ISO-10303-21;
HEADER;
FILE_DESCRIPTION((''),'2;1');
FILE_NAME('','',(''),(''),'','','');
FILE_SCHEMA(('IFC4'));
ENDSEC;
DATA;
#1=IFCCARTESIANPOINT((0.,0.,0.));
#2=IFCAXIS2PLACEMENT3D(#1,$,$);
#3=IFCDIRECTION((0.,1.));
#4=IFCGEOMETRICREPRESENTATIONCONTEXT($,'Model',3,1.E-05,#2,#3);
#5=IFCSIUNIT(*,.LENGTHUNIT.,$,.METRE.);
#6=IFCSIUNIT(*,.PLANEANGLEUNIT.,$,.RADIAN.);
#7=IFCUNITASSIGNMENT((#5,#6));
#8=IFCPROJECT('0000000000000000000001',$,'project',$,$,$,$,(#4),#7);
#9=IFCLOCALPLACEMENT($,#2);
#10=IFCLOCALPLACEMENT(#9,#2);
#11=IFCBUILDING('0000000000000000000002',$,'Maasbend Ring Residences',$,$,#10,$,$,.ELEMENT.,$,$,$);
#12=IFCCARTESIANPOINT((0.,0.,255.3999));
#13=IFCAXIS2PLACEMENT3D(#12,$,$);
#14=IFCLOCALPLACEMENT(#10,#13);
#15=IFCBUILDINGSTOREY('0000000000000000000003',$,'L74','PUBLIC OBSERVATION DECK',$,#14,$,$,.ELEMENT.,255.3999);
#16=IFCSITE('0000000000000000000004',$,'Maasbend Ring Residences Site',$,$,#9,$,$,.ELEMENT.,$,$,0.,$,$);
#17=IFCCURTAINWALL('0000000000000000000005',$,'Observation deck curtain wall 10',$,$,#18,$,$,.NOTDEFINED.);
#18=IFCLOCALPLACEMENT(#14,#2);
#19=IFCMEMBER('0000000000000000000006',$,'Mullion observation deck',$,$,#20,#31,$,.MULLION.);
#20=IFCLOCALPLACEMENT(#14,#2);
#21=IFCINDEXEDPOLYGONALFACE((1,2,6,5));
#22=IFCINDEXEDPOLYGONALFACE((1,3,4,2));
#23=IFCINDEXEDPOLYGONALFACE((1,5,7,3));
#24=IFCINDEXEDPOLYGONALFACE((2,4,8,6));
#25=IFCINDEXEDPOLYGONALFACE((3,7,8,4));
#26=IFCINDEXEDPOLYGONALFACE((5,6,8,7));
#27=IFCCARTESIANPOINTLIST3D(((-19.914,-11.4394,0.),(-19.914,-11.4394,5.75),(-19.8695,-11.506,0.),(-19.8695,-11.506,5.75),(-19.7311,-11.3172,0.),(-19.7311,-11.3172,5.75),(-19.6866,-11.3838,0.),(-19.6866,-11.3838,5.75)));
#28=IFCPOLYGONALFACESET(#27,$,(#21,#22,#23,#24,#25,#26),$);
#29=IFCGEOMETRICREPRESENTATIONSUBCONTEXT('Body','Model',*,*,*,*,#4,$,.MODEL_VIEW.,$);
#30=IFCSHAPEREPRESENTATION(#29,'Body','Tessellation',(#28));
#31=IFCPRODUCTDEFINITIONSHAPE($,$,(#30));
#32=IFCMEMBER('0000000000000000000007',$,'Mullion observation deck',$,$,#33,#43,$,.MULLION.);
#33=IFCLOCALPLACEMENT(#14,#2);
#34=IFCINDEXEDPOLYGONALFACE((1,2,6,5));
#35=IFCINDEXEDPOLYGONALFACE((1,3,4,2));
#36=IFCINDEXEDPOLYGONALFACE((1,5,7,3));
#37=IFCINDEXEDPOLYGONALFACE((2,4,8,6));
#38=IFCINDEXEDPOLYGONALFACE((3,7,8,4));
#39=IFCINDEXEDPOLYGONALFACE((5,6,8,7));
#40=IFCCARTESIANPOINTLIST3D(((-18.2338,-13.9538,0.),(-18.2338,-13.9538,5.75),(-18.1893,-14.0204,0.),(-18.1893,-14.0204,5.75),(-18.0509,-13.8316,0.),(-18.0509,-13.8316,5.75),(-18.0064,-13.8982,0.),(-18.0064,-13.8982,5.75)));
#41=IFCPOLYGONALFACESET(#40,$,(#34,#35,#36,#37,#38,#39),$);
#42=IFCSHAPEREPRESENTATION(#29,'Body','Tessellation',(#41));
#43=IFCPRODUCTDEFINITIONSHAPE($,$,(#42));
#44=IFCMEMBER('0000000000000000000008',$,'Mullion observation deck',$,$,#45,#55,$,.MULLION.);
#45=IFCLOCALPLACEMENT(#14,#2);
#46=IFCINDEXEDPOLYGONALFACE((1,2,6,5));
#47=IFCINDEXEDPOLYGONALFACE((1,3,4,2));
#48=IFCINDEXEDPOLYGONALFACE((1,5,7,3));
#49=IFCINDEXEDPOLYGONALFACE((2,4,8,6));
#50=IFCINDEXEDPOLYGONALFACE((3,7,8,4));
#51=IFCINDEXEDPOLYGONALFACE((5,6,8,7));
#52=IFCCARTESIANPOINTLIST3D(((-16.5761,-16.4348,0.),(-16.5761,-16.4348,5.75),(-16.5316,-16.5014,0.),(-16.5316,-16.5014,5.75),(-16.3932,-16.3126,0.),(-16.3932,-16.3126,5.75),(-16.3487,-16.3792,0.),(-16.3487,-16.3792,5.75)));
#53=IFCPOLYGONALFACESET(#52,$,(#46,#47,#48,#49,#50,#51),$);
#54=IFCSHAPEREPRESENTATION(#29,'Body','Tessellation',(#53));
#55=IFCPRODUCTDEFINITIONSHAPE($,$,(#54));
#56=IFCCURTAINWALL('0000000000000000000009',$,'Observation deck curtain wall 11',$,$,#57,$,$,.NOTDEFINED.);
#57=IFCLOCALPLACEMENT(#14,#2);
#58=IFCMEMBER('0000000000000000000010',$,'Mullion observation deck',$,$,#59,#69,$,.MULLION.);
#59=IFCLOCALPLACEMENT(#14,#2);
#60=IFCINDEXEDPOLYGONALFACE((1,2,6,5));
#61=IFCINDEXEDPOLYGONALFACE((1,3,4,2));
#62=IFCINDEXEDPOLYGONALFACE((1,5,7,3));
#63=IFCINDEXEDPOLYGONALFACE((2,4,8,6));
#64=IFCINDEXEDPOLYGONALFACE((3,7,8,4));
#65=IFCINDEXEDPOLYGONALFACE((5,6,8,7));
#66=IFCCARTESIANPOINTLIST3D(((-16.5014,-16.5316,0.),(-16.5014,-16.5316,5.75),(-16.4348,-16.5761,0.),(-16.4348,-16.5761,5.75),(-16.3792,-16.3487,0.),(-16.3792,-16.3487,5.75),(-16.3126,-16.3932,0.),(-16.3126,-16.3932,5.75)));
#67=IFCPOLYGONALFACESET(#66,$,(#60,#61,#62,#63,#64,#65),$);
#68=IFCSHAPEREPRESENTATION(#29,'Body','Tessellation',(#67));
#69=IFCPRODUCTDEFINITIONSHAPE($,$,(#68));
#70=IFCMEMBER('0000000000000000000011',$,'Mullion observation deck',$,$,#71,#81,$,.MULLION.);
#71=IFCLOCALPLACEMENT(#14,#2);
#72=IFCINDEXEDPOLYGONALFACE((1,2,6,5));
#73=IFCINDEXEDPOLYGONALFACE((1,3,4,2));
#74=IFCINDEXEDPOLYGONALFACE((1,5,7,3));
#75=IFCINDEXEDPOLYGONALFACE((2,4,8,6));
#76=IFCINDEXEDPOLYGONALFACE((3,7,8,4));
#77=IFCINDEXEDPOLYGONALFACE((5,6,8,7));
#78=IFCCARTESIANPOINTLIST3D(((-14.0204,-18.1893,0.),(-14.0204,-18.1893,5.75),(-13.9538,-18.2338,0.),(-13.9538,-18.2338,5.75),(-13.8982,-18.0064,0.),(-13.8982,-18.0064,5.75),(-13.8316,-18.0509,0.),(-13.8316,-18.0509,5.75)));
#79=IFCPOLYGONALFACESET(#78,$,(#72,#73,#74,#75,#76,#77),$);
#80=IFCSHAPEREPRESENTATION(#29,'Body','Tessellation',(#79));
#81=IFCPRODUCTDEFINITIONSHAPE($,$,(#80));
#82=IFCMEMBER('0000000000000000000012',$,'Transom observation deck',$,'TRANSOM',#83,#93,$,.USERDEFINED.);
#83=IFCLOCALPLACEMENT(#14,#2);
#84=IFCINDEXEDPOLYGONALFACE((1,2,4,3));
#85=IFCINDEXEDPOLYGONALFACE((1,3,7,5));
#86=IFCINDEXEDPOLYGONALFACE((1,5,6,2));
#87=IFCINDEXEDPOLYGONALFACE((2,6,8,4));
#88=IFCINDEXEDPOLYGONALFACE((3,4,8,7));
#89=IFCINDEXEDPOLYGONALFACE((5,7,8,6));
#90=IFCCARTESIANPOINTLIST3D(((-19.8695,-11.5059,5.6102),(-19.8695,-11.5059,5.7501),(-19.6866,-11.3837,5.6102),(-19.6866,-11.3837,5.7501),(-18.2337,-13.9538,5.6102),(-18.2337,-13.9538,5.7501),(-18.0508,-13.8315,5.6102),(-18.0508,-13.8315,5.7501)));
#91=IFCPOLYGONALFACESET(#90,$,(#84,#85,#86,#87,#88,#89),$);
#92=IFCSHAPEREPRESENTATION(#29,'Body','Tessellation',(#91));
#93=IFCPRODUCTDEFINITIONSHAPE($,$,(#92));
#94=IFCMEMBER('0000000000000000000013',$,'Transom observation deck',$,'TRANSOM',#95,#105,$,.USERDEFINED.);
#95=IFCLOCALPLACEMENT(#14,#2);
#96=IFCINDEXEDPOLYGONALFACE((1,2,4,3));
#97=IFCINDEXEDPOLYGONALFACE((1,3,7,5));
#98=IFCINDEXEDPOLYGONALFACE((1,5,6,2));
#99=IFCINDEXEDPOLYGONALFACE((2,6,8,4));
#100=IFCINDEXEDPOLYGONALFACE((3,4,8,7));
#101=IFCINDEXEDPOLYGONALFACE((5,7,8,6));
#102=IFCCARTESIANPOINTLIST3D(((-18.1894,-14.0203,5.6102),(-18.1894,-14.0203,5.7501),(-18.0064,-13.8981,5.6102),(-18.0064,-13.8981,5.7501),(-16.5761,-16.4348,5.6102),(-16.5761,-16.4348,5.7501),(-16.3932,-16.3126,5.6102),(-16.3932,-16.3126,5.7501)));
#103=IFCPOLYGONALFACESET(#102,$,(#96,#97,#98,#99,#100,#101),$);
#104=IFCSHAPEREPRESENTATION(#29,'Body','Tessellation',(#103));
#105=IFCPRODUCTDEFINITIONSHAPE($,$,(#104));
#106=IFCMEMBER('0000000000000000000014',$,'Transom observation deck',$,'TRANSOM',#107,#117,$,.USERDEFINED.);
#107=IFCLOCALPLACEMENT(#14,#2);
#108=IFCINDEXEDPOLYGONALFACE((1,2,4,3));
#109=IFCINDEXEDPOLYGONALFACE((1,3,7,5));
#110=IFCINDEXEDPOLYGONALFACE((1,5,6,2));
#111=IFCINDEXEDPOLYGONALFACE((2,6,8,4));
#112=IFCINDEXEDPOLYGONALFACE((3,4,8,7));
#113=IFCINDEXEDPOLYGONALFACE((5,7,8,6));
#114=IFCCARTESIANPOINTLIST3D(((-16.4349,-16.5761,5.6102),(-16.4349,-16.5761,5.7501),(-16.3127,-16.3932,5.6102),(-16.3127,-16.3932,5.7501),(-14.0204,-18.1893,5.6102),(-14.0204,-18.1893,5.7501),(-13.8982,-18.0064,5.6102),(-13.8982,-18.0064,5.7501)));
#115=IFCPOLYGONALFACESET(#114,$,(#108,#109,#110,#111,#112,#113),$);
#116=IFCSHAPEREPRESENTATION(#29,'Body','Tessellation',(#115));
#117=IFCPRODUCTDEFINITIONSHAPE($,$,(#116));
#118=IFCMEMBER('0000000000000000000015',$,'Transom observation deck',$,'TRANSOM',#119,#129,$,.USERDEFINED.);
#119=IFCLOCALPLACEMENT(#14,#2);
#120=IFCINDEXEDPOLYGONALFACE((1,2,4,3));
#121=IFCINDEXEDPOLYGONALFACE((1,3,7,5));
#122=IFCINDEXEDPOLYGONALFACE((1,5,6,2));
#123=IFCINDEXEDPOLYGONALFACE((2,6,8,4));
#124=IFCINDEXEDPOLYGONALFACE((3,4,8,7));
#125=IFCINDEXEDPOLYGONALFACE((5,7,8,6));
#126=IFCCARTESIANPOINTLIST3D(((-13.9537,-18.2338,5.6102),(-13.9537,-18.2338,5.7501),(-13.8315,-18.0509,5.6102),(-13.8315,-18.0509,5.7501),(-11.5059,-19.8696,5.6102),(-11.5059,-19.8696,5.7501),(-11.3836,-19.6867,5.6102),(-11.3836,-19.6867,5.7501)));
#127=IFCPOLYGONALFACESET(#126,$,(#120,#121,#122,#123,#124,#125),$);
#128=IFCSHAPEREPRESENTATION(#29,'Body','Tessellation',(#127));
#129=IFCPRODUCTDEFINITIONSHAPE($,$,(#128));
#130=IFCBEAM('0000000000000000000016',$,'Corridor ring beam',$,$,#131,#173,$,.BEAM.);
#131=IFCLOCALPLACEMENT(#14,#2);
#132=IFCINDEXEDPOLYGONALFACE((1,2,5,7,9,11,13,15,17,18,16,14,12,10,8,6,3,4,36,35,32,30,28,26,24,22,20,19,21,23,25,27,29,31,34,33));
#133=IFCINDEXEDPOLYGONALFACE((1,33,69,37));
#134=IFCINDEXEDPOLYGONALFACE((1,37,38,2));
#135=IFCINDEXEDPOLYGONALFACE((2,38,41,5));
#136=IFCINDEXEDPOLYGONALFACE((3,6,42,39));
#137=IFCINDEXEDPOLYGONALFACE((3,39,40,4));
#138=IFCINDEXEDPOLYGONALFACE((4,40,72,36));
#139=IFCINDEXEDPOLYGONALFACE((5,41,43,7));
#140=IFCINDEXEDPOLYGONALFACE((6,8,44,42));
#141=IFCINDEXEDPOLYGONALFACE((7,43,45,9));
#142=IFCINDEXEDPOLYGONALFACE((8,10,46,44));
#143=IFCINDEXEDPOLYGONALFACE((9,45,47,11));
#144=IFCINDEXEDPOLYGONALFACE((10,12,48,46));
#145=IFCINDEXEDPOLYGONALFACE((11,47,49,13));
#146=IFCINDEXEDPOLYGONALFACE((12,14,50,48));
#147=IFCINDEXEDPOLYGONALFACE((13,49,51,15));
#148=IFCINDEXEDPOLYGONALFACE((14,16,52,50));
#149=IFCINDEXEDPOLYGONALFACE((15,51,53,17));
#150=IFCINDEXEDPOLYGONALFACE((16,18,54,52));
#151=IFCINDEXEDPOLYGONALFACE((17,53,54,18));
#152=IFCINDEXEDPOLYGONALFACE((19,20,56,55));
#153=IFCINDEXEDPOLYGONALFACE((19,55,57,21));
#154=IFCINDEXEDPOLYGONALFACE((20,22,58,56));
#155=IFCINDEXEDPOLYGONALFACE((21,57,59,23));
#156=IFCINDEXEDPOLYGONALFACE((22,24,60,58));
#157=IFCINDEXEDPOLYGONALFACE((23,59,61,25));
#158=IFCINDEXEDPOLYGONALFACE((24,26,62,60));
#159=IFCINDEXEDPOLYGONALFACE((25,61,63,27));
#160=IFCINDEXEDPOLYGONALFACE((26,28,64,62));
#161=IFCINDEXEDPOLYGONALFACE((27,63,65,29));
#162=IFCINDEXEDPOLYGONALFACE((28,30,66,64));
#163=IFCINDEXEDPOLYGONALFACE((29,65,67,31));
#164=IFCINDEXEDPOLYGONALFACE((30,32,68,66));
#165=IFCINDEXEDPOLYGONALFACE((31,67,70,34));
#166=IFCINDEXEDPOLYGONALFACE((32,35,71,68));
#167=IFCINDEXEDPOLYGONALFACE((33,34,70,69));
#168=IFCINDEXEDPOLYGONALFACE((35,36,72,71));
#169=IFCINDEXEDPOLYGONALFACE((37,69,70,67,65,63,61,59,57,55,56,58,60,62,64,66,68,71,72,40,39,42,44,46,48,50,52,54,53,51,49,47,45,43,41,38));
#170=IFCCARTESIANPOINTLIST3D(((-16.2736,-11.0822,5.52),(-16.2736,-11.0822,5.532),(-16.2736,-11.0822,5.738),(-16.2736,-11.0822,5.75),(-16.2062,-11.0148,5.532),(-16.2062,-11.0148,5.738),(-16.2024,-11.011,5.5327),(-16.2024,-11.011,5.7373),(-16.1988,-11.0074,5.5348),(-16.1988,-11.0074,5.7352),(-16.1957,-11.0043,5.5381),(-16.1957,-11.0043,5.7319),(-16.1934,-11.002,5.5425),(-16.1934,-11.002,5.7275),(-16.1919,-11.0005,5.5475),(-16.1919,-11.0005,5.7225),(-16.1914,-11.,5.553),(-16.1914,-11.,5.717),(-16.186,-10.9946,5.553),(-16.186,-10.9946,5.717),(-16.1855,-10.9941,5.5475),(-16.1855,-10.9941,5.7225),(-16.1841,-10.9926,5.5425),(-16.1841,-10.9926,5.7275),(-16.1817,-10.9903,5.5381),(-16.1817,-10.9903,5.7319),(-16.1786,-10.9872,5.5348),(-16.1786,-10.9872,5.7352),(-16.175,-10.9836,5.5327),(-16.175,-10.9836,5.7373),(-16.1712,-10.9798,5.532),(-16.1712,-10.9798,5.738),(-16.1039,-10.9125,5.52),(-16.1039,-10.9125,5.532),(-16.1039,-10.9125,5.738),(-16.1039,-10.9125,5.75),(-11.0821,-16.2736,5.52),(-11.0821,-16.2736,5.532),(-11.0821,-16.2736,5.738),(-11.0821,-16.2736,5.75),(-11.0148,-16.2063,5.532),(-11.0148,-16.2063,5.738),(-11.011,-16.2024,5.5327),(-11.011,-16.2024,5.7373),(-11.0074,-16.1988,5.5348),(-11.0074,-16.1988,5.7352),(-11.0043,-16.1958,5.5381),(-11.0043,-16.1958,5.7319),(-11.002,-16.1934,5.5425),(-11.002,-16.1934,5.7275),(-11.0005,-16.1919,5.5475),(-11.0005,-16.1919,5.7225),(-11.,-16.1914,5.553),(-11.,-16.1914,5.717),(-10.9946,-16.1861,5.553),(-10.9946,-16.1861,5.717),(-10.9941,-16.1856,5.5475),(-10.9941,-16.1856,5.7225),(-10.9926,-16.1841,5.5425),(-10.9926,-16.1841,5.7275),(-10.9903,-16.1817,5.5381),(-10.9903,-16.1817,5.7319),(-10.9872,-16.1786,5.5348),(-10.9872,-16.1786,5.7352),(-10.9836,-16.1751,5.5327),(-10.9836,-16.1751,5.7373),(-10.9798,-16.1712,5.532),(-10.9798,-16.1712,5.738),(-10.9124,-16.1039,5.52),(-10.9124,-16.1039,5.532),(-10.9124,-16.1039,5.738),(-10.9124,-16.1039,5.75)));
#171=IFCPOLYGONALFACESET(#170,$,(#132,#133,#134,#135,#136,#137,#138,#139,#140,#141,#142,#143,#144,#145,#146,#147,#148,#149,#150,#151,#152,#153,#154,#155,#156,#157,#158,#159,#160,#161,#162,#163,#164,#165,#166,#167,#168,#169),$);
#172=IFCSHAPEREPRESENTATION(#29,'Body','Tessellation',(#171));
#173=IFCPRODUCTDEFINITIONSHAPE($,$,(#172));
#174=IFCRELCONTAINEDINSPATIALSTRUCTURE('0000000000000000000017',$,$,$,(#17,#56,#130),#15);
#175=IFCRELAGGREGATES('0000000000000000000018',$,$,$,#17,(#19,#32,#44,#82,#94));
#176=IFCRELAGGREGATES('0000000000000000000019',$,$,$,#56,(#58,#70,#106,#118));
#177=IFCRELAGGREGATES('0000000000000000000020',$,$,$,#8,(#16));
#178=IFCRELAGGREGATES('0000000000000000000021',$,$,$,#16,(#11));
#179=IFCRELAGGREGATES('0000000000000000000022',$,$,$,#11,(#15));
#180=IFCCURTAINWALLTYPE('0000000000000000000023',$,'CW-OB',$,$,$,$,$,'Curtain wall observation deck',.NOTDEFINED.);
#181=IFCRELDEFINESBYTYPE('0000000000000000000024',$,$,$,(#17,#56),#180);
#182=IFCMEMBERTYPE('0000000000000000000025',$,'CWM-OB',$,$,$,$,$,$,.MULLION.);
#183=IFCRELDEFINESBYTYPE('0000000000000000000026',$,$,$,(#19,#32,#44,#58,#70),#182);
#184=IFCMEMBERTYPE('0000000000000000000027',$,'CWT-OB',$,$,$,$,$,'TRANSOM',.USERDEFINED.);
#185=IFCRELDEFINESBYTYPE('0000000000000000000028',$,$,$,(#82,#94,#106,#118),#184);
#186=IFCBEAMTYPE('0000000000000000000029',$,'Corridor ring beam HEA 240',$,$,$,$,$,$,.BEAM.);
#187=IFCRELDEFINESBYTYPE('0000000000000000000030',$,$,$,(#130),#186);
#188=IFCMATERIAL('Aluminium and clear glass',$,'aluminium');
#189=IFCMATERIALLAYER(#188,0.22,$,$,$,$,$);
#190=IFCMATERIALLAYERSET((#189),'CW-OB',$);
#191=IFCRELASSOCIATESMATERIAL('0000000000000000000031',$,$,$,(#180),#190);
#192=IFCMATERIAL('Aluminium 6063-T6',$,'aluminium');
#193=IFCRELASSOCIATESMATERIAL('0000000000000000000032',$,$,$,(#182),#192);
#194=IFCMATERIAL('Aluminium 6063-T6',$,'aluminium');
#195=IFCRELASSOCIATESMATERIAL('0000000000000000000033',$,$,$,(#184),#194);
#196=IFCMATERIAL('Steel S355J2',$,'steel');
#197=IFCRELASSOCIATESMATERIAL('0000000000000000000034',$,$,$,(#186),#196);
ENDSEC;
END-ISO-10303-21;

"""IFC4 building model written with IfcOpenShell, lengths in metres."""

from ifc_helpers import new_model, si_unit, direction, frame, origin, origin_2d, place, context, subcontext, project, spatial, rectangle, i_section, extrude, material, layer, layer_set, material_profile, profile_set, type_object, element, aggregate, save


model = new_model("IFC4")

# Units and contexts
model_context = context("Model", 3, precision=1e-05, world=origin(), true_north=direction((0.0, 1.0)))
body_context = subcontext(model_context, "Body", "Model", "MODEL_VIEW")
ifc_project = project(units=[si_unit("LENGTHUNIT", "METRE"), si_unit("PLANEANGLEUNIT", "RADIAN")], contexts=[model_context])

# Site, building, storey
site_placement = place(None, origin())
site = spatial("IfcSite", under=ifc_project, at=site_placement, Name="Maasbend Ring Residences Site", CompositionType="ELEMENT", RefElevation=0.0)
building_placement = place(site_placement, origin())
building = spatial("IfcBuilding", under=site, at=building_placement, Name="Maasbend Ring Residences", CompositionType="ELEMENT")
storey_placement = place(building_placement, frame((0.0, 0.0, 255.3999)))
storey = spatial("IfcBuildingStorey", under=building, at=storey_placement, Name="L74", Description="PUBLIC OBSERVATION DECK", CompositionType="ELEMENT", Elevation=255.3999)

# Curtain walls, members
ifc_material_1 = material(Name="Aluminium and clear glass", Category="aluminium")
ifc_layer_1 = layer(ifc_material_1, 0.22)
ifc_layer_set_1 = layer_set([ifc_layer_1], Name="CW-OB")
curtain_wall_type = type_object("IfcCurtainWallType", Name="CW-OB", ElementType="Curtain wall observation deck", PredefinedType="NOTDEFINED", material=ifc_layer_set_1)
curtain_wall_1_placement = place(storey_placement, origin())
curtain_wall_1 = element("IfcCurtainWall", 1, at=curtain_wall_1_placement, inside=storey, type_object=curtain_wall_type, Name="Observation deck curtain wall 10", PredefinedType="NOTDEFINED")
ifc_material_2 = material(Name="Aluminium 6063-T6", Category="aluminium")
ifc_material_profile_1 = material_profile(ifc_material_2, rectangle(XDim=0.22, YDim=0.0801, at=origin_2d()), Name="AL 220x80")
ifc_profile_set_1 = profile_set([ifc_material_profile_1], Name="Aluminium 6063-T6")
member_type_1 = type_object("IfcMemberType", Name="CWM-OB", PredefinedType="MULLION", material=ifc_profile_set_1)
member_1_placement = place(storey_placement, frame((-19.8003, -11.4116, 0.0), z_axis=(0.0, 0.0, 1.0), x_axis=(0.83147, 0.55557, 0.0)))
member_1 = element("IfcMember", 2, at=member_1_placement, type_object=member_type_1, Name="Mullion observation deck", PredefinedType="MULLION", context=body_context, shape_type="SweptSolid", body=[
    extrude(rectangle(XDim=0.22, YDim=0.0801, at=origin_2d()), origin(), (0.0, 0.0, 1.0), 5.75),
])
member_2_placement = place(storey_placement, frame((-18.1201, -13.926, 0.0), z_axis=(0.0, 0.0, 1.0), x_axis=(0.83147, 0.55557, 0.0)))
member_2 = element("IfcMember", 3, at=member_2_placement, type_object=member_type_1, Name="Mullion observation deck", PredefinedType="MULLION", context=body_context, shape_type="SweptSolid", body=[
    extrude(rectangle(XDim=0.22, YDim=0.0801, at=origin_2d()), origin(), (0.0, 0.0, 1.0), 5.75),
])
member_3_placement = place(storey_placement, frame((-16.4624, -16.407, 0.0), z_axis=(0.0, 0.0, 1.0), x_axis=(0.83147, 0.55557, 0.0)))
member_3 = element("IfcMember", 4, at=member_3_placement, type_object=member_type_1, Name="Mullion observation deck", PredefinedType="MULLION", context=body_context, shape_type="SweptSolid", body=[
    extrude(rectangle(XDim=0.22, YDim=0.0801, at=origin_2d()), origin(), (0.0, 0.0, 1.0), 5.75),
])
curtain_wall_2_placement = place(storey_placement, origin())
curtain_wall_2 = element("IfcCurtainWall", 5, at=curtain_wall_2_placement, inside=storey, type_object=curtain_wall_type, Name="Observation deck curtain wall 11", PredefinedType="NOTDEFINED")
member_4_placement = place(storey_placement, frame((-16.407, -16.4624, 0.0), z_axis=(0.0, 0.0, 1.0), x_axis=(0.55557, 0.83147, 0.0)))
member_4 = element("IfcMember", 6, at=member_4_placement, type_object=member_type_1, Name="Mullion observation deck", PredefinedType="MULLION", context=body_context, shape_type="SweptSolid", body=[
    extrude(rectangle(XDim=0.22, YDim=0.0801, at=origin_2d()), origin(), (0.0, 0.0, 1.0), 5.75),
])
member_5_placement = place(storey_placement, frame((-13.926, -18.1201, 0.0), z_axis=(0.0, 0.0, 1.0), x_axis=(0.55557, 0.83147, 0.0)))
member_5 = element("IfcMember", 7, at=member_5_placement, type_object=member_type_1, Name="Mullion observation deck", PredefinedType="MULLION", context=body_context, shape_type="SweptSolid", body=[
    extrude(rectangle(XDim=0.22, YDim=0.0801, at=origin_2d()), origin(), (0.0, 0.0, 1.0), 5.75),
])

# Members
ifc_material_3 = material(Name="Aluminium 6063-T6", Category="aluminium")
ifc_material_profile_2 = material_profile(ifc_material_3, rectangle(XDim=0.22, YDim=0.1399, at=origin_2d()), Name="AL 220x140")
ifc_profile_set_2 = profile_set([ifc_material_profile_2], Name="Aluminium 6063-T6")
member_type_2 = type_object("IfcMemberType", Name="CWT-OB", ElementType="TRANSOM", PredefinedType="USERDEFINED", material=ifc_profile_set_2)
member_6_placement = place(storey_placement, frame((-19.7781, -11.4448, 5.6802), z_axis=(0.555618, -0.831437, 0.0), x_axis=(0.831437, 0.555618, 0.0)))
member_6 = element("IfcMember", 8, at=member_6_placement, type_object=member_type_2, Name="Transom observation deck", ObjectType="TRANSOM", PredefinedType="USERDEFINED", context=body_context, shape_type="SweptSolid", body=[
    extrude(rectangle(XDim=0.22, YDim=0.1399, at=origin_2d()), origin(), (0.0, 0.0, 1.0), 2.9441),
])
member_7_placement = place(storey_placement, frame((-18.0979, -13.9592, 5.6802), z_axis=(0.555554, -0.831481, 0.0), x_axis=(0.831481, 0.555554, 0.0)))
member_7 = element("IfcMember", 9, at=member_7_placement, type_object=member_type_2, Name="Transom observation deck", ObjectType="TRANSOM", PredefinedType="USERDEFINED", context=body_context, shape_type="SweptSolid", body=[
    extrude(rectangle(XDim=0.22, YDim=0.1399, at=origin_2d()), origin(), (0.0, 0.0, 1.0), 2.9038),
])
member_8_placement = place(storey_placement, frame((-16.3738, -16.4846, 5.6802), z_axis=(0.831481, -0.555554, 0.0), x_axis=(0.555554, 0.831481, 0.0)))
member_8 = element("IfcMember", 10, at=member_8_placement, type_object=member_type_2, Name="Transom observation deck", ObjectType="TRANSOM", PredefinedType="USERDEFINED", context=body_context, shape_type="SweptSolid", body=[
    extrude(rectangle(XDim=0.22, YDim=0.1399, at=origin_2d()), origin(), (0.0, 0.0, 1.0), 2.9038),
])
member_9_placement = place(storey_placement, frame((-13.8926, -18.1423, 5.6802), z_axis=(0.831437, -0.555618, 0.0), x_axis=(0.555618, 0.831437, 0.0)))
member_9 = element("IfcMember", 11, at=member_9_placement, type_object=member_type_2, Name="Transom observation deck", ObjectType="TRANSOM", PredefinedType="USERDEFINED", context=body_context, shape_type="SweptSolid", body=[
    extrude(rectangle(XDim=0.22, YDim=0.1399, at=origin_2d()), origin(), (0.0, 0.0, 1.0), 2.9441),
])

# Beam
ifc_material_4 = material(Name="Steel S355J2", Category="steel")
ifc_material_profile_3 = material_profile(ifc_material_4, i_section(OverallWidth=0.24, OverallDepth=0.23, WebThickness=0.0076, FlangeThickness=0.012, FilletRadius=0.021, at=origin_2d()), Name="HEA 240")
ifc_profile_set_3 = profile_set([ifc_material_profile_3], Name="Steel S355J2")
beam_type_1 = type_object("IfcBeamType", Name="Corridor ring beam HEA 240", PredefinedType="BEAM", material=ifc_profile_set_3)
beam_1_placement = place(storey_placement, frame((-16.1887, -10.9973, 5.635), z_axis=(0.707107, -0.707107, 0.0), x_axis=(0.707107, 0.707107, 0.0)))
element("IfcBeam", 12, at=beam_1_placement, inside=storey, type_object=beam_type_1, Name="Corridor ring beam", PredefinedType="BEAM", context=body_context, shape_type="SweptSolid", body=[
    extrude(i_section(OverallWidth=0.24, OverallDepth=0.23, WebThickness=0.0076, FlangeThickness=0.012, FilletRadius=0.021, at=origin_2d()), origin(), (0.0, 0.0, 1.0), 7.3418),
])

aggregate(curtain_wall_1, [member_1, member_2, member_3, member_6, member_7])
aggregate(curtain_wall_2, [member_4, member_5, member_8, member_9])

save(model, "model.ifc")
